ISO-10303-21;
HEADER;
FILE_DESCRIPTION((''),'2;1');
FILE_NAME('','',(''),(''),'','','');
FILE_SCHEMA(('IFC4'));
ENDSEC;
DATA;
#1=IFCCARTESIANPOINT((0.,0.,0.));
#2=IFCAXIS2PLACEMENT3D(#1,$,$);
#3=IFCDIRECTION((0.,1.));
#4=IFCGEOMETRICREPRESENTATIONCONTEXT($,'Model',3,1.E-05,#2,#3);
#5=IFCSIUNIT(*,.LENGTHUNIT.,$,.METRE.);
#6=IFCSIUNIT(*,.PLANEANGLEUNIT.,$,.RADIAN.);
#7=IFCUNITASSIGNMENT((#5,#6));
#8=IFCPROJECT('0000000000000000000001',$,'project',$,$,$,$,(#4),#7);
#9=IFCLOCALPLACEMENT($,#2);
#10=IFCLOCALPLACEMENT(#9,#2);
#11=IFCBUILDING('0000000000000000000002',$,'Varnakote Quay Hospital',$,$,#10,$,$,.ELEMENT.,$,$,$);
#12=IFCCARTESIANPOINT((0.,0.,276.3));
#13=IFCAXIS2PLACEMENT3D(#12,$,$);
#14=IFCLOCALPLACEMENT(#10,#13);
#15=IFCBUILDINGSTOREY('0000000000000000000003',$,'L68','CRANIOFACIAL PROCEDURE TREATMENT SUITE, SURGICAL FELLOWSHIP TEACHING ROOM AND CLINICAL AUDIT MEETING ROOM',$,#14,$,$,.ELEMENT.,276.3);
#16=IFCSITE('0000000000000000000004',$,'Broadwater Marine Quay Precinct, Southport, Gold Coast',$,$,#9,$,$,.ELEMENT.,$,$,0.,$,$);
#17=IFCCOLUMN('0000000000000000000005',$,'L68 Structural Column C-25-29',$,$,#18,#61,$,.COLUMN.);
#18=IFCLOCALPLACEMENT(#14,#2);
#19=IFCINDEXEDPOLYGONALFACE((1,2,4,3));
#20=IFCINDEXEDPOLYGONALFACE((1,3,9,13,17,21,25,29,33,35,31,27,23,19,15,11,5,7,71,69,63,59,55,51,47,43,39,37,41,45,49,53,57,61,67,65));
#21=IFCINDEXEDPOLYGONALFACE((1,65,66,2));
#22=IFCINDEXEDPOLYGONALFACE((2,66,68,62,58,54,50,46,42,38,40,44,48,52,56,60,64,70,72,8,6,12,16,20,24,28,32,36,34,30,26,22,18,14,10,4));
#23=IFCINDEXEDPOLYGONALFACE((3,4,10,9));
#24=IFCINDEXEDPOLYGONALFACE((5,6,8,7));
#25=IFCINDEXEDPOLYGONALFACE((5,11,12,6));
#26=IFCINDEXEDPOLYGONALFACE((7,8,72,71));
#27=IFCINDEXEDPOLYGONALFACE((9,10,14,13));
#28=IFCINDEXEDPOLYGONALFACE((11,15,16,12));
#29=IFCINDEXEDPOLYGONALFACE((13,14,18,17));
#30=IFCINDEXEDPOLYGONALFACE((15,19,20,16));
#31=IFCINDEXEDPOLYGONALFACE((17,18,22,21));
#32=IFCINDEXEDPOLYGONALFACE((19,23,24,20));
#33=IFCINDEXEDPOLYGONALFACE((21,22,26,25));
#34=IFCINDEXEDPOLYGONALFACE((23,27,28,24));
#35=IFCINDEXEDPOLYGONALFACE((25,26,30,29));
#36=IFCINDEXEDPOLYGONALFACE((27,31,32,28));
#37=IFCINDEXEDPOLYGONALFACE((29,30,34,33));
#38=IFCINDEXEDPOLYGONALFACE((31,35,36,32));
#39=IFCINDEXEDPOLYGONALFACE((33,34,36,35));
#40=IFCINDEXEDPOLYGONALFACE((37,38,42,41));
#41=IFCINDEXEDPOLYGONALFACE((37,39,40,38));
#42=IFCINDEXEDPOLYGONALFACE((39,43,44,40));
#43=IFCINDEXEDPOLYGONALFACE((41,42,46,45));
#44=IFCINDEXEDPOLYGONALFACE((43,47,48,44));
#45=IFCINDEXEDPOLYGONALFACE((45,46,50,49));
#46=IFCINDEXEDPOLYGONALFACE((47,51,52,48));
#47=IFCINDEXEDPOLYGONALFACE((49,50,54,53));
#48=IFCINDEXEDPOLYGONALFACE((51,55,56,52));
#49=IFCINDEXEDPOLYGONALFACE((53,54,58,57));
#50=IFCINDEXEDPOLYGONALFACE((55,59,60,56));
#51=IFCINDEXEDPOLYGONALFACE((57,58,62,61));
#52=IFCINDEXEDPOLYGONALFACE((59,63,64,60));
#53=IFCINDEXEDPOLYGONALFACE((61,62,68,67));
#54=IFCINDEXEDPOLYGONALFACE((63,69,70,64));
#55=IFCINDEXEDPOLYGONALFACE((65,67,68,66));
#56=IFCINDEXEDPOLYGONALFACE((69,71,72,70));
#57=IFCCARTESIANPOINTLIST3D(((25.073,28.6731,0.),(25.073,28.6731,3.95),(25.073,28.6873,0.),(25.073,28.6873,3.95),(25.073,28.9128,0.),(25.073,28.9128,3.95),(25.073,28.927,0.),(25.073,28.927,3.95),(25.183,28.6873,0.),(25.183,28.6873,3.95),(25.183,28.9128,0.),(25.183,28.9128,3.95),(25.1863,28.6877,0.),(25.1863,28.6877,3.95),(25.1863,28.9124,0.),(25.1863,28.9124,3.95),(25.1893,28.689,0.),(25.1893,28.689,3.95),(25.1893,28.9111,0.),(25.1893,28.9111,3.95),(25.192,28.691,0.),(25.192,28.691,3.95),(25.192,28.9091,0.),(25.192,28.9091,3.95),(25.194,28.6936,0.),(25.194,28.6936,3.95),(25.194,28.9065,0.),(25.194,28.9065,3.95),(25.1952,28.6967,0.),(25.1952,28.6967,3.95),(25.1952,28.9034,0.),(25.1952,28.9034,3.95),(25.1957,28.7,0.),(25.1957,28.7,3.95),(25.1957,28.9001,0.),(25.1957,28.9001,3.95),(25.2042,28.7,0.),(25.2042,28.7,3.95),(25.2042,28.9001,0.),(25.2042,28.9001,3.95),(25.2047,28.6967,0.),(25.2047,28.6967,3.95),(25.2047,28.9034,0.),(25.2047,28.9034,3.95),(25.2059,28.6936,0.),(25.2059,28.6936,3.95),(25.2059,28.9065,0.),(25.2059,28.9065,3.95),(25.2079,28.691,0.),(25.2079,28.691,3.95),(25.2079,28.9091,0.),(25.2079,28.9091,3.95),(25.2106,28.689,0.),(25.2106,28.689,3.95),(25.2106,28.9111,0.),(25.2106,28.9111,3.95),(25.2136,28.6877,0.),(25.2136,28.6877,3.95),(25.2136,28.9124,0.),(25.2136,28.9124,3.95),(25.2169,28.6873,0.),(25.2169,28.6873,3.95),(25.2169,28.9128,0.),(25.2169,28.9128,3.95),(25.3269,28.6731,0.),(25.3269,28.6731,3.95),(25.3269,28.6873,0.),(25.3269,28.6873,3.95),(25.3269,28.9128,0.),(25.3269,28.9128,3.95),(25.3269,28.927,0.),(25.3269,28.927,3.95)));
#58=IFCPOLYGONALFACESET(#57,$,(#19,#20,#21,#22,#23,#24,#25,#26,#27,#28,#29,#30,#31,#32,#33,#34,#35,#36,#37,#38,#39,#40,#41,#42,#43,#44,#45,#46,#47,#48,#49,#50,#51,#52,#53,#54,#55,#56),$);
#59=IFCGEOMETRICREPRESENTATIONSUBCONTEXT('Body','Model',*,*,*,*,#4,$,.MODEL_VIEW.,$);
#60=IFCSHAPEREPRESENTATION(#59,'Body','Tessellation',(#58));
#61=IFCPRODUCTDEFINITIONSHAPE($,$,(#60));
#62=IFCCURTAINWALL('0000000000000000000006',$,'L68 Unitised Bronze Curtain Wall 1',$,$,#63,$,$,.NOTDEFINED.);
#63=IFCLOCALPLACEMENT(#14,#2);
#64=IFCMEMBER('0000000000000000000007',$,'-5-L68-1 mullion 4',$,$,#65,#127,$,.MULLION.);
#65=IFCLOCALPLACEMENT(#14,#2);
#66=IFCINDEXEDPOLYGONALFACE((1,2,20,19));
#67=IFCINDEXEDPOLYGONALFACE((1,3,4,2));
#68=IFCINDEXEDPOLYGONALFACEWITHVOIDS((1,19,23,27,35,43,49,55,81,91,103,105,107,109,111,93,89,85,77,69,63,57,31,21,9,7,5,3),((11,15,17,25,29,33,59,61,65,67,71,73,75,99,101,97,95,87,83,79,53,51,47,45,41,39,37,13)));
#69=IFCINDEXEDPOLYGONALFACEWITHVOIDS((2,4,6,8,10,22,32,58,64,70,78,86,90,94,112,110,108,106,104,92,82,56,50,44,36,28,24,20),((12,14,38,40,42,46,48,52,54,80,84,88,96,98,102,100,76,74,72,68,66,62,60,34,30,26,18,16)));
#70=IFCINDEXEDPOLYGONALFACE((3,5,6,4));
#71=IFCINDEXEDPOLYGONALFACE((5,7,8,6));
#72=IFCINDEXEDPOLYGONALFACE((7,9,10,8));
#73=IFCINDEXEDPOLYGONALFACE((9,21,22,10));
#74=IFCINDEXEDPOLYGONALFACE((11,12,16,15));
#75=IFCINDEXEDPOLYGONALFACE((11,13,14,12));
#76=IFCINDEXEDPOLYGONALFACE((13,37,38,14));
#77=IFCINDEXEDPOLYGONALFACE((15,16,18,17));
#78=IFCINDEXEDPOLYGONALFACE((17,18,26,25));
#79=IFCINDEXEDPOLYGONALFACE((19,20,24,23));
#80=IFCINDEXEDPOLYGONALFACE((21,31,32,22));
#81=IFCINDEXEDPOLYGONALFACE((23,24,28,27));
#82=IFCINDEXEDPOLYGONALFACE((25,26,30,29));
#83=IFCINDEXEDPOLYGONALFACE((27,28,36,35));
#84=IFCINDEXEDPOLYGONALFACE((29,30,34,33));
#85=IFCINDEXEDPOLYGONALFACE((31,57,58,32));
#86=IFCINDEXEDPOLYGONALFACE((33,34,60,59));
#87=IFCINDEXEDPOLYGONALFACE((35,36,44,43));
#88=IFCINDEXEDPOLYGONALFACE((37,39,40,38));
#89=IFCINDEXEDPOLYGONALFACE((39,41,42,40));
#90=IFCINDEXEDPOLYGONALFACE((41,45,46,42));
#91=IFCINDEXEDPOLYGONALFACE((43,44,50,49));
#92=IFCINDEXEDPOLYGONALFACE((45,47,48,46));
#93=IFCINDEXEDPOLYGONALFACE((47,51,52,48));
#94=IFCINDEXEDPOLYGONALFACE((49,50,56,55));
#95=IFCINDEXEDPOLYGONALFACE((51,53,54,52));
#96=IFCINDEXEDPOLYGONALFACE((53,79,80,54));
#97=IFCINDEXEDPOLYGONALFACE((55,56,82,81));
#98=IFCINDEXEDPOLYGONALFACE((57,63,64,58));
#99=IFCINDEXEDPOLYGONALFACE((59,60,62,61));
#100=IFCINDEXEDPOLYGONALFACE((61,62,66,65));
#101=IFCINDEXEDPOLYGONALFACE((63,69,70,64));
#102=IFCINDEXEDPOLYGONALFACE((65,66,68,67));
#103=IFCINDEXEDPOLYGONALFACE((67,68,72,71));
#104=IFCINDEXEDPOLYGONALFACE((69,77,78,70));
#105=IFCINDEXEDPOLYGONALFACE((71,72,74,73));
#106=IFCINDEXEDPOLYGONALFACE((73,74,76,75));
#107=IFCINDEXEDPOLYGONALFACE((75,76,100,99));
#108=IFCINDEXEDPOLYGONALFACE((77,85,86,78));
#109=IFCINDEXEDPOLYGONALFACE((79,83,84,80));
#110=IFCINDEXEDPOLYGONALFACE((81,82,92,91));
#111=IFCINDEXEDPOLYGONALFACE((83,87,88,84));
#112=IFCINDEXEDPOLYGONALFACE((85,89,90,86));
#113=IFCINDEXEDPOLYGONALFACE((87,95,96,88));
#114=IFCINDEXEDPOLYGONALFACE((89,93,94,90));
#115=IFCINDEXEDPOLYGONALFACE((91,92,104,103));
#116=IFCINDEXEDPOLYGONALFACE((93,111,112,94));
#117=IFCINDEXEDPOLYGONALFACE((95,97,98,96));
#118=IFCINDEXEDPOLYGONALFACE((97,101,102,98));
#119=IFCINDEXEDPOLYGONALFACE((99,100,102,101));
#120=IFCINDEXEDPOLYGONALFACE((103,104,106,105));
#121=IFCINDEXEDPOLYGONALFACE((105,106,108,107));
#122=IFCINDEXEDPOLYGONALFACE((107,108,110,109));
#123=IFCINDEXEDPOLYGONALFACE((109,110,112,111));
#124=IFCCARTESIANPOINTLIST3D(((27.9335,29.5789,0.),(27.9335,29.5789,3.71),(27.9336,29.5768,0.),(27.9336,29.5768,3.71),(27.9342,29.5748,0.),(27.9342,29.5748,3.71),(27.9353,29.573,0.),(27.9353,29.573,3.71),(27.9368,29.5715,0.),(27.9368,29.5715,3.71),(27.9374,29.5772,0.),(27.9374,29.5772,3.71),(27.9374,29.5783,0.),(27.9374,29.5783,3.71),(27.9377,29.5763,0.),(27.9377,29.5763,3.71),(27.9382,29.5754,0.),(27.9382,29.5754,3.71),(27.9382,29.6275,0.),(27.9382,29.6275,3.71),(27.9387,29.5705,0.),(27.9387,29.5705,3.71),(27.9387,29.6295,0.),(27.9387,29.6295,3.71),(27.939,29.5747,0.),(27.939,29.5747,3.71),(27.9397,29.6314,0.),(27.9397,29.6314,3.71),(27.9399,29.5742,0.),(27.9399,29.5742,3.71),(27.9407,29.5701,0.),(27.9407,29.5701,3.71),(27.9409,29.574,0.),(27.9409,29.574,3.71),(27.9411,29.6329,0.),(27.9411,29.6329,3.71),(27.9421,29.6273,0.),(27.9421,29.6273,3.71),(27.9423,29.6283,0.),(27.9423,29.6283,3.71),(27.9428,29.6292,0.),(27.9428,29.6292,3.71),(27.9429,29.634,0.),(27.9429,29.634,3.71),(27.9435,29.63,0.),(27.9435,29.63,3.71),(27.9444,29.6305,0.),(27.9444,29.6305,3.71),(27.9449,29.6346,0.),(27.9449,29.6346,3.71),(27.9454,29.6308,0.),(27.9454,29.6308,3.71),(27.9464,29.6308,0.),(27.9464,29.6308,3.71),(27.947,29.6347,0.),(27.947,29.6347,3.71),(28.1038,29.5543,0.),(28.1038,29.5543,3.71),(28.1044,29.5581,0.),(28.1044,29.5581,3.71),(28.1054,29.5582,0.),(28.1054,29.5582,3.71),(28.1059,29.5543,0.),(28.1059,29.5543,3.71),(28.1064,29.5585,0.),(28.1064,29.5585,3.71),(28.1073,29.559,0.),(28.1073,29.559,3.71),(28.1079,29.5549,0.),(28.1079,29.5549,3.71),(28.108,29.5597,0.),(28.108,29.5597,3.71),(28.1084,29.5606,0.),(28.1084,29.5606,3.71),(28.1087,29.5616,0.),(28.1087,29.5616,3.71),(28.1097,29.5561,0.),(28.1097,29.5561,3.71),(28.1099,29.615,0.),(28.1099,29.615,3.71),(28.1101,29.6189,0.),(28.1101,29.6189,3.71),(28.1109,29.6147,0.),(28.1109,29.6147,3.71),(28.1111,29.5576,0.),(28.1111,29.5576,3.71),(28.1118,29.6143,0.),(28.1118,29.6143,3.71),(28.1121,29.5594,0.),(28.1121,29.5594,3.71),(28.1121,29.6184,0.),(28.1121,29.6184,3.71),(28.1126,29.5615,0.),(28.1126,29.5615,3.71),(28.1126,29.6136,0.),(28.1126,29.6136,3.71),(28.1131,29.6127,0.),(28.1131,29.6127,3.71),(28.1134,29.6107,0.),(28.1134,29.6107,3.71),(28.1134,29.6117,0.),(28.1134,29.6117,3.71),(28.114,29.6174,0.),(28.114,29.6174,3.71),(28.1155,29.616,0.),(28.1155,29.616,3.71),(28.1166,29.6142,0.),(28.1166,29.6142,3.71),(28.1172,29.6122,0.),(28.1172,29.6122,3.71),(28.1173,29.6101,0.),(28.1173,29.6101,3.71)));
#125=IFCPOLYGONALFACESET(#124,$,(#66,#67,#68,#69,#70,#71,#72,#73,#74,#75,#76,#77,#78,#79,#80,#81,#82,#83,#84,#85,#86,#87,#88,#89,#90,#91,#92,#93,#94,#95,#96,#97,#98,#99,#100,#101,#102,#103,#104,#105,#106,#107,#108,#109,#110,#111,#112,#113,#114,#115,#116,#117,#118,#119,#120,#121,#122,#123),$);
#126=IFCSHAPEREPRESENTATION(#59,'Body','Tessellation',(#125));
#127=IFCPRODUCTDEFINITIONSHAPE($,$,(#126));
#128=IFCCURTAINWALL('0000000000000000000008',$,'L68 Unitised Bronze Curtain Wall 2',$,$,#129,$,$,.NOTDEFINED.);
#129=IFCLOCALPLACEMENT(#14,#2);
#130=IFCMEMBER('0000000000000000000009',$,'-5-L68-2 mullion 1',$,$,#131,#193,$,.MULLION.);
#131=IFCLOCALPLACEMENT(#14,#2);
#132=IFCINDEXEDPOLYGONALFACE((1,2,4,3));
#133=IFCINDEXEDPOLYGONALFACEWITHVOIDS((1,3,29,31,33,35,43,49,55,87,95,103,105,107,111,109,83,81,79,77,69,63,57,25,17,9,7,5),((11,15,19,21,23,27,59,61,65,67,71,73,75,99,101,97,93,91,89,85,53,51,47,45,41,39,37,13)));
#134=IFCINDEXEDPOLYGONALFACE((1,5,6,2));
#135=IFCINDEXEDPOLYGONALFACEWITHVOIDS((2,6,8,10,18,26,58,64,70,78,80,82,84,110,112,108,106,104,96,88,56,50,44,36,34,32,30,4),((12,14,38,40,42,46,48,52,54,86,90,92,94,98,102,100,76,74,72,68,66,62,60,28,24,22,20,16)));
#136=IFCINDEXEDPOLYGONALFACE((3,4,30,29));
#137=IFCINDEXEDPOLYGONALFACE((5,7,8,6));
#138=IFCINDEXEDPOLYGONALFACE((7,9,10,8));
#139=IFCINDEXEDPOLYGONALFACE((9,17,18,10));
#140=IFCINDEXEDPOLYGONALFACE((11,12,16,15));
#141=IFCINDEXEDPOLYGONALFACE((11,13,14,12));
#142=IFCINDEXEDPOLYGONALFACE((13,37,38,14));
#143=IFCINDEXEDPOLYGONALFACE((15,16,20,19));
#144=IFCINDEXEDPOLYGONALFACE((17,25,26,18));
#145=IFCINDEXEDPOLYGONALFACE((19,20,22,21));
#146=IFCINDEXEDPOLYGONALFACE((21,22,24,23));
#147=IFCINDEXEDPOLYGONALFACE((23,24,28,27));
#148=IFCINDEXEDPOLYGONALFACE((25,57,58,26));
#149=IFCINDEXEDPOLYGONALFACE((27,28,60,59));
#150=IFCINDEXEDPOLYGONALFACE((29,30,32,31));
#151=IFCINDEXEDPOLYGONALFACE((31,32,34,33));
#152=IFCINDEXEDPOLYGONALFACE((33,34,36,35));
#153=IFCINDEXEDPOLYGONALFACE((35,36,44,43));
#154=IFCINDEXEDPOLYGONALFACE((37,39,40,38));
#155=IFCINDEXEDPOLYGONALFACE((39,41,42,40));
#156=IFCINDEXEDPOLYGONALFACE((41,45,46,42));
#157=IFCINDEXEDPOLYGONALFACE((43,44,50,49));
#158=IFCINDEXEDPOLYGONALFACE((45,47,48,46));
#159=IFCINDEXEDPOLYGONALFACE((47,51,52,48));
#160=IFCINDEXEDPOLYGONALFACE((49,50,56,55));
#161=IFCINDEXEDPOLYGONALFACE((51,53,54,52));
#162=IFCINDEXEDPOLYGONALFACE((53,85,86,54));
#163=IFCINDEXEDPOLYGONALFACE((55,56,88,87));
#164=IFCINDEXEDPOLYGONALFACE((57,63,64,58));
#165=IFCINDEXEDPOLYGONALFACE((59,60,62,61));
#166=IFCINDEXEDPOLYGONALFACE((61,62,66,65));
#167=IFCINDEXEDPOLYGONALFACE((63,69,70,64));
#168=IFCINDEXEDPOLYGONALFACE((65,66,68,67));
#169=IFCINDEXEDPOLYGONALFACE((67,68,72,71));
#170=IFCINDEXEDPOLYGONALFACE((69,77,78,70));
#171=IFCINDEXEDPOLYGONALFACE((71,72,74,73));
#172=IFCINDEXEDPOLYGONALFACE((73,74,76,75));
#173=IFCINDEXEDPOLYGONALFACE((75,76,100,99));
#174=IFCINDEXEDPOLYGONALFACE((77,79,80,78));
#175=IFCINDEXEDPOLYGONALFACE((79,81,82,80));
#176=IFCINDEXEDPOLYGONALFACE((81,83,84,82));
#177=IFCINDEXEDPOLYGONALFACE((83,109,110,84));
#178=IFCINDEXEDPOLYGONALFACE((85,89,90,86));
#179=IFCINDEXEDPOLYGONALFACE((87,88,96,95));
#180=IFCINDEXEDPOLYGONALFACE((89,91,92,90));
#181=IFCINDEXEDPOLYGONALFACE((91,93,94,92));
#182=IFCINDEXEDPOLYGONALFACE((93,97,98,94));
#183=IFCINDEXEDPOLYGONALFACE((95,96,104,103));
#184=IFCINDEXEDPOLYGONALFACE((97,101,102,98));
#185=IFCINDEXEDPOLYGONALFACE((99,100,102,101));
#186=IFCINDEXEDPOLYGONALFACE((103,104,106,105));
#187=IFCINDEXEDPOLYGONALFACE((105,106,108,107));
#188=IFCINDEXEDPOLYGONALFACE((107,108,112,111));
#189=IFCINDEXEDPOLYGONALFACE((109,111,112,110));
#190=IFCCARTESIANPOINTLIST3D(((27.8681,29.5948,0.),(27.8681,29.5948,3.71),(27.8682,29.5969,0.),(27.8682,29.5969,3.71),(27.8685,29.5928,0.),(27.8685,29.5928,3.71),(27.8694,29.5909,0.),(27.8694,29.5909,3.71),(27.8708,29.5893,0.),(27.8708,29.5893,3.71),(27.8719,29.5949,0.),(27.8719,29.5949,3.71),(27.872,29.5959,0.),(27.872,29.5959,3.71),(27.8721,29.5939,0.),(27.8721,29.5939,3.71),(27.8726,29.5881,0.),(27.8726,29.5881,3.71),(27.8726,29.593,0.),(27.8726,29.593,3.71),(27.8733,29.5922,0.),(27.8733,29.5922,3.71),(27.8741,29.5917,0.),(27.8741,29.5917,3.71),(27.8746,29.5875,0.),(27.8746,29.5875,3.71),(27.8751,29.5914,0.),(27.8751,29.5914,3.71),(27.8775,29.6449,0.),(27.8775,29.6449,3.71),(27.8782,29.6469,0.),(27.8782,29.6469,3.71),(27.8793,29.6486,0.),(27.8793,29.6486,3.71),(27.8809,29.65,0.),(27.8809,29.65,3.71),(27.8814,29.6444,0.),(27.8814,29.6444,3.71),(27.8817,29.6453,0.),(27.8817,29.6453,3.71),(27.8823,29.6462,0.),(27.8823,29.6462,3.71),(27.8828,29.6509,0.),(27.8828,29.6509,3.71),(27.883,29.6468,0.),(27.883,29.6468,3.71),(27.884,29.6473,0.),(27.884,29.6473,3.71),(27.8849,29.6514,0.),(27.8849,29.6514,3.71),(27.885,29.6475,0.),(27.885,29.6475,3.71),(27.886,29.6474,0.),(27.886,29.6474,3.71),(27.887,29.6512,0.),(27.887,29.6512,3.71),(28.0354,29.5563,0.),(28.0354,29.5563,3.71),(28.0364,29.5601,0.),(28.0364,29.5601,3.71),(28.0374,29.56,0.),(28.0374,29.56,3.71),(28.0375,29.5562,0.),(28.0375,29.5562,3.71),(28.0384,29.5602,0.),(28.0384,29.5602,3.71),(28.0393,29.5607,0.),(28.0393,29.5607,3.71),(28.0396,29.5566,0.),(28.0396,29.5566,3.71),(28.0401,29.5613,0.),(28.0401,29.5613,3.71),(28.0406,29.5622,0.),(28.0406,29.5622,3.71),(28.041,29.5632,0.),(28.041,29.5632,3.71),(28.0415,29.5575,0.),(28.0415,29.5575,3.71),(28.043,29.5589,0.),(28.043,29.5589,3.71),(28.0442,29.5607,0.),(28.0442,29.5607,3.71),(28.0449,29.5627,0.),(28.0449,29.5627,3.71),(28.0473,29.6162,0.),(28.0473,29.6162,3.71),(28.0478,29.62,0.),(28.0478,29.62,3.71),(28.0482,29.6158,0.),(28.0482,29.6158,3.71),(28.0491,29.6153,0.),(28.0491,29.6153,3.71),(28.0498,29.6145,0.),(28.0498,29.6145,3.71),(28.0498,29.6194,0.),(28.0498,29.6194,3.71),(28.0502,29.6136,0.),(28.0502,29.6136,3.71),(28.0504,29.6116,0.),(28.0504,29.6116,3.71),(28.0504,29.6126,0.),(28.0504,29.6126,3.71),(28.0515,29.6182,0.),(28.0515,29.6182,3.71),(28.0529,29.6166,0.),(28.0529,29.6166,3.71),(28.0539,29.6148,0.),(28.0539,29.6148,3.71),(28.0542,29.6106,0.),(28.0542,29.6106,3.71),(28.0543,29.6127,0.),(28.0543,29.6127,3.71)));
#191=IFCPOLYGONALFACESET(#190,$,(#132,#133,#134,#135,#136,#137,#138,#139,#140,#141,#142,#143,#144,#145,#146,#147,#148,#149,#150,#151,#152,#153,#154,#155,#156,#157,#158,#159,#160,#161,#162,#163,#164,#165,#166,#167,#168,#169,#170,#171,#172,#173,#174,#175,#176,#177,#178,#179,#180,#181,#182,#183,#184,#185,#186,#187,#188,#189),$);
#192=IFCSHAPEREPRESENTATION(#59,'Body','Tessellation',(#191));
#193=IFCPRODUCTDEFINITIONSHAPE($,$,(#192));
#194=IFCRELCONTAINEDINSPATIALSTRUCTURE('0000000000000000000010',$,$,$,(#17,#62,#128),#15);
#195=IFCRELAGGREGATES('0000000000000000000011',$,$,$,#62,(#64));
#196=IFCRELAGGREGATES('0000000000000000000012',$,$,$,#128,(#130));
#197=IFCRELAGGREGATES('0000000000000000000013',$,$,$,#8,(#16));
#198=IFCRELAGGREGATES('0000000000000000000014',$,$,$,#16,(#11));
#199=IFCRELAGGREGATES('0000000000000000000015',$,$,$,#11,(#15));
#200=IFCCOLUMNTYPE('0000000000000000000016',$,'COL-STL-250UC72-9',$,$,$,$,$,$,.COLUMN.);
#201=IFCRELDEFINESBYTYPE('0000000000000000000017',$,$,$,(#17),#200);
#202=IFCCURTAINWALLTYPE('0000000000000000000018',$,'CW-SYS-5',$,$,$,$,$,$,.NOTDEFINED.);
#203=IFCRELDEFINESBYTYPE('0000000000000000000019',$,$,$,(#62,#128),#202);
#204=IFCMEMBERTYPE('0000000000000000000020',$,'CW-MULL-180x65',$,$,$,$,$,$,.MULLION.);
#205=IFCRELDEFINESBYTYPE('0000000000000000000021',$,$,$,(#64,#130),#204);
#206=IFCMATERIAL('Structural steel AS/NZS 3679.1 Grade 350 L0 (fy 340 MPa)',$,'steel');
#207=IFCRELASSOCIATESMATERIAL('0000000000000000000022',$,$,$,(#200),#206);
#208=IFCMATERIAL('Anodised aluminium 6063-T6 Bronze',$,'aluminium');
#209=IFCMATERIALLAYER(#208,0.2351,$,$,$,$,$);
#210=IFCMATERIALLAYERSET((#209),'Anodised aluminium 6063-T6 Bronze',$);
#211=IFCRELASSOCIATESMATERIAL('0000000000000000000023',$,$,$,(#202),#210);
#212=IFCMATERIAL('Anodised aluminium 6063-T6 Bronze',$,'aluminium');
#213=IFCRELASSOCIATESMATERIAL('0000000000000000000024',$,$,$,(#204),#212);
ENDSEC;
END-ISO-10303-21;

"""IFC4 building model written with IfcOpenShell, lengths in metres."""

from ifc_helpers import new_model, si_unit, direction, frame, origin, origin_2d, place, context, subcontext, project, spatial, hollow_rectangle, i_section, extrude, material, layer, layer_set, material_profile, profile_set, type_object, element, aggregate, save


model = new_model("IFC4")

# Units and contexts
model_context = context("Model", 3, precision=1e-05, world=origin(), true_north=direction((0.0, 1.0)))
body_context = subcontext(model_context, "Body", "Model", "MODEL_VIEW")
ifc_project = project(units=[si_unit("LENGTHUNIT", "METRE"), si_unit("PLANEANGLEUNIT", "RADIAN")], contexts=[model_context])

# Site, building, storey
site_placement = place(None, origin())
site = spatial("IfcSite", under=ifc_project, at=site_placement, Name="Broadwater Marine Quay Precinct, Southport, Gold Coast", CompositionType="ELEMENT", RefElevation=0.0)
building_placement = place(site_placement, origin())
building = spatial("IfcBuilding", under=site, at=building_placement, Name="Varnakote Quay Hospital", CompositionType="ELEMENT")
storey_placement = place(building_placement, frame((0.0, 0.0, 276.3)))
storey = spatial("IfcBuildingStorey", under=building, at=storey_placement, Name="L68", Description="CRANIOFACIAL PROCEDURE TREATMENT SUITE, SURGICAL FELLOWSHIP TEACHING ROOM AND CLINICAL AUDIT MEETING ROOM", CompositionType="ELEMENT", Elevation=276.3)

# Column
ifc_material_1 = material(Name="Structural steel AS/NZS 3679.1 Grade 350 L0 (fy 340 MPa)", Category="steel")
ifc_material_profile_1 = material_profile(ifc_material_1, i_section(OverallWidth=0.2539, OverallDepth=0.2539, WebThickness=0.0085, FlangeThickness=0.0142, FilletRadius=0.0127, at=origin_2d()), Name="250UC72.9")
ifc_profile_set_1 = profile_set([ifc_material_profile_1], Name="Structural steel AS/NZS 3679.1 Grade 350 L0 (fy 340 MPa)")
column_type = type_object("IfcColumnType", Name="COL-STL-250UC72-9", PredefinedType="COLUMN", material=ifc_profile_set_1)
column_placement = place(storey_placement, frame((25.2, 28.8, 0.0), z_axis=(0.0, 0.0, 1.0), x_axis=(1.0, 0.0, 0.0)))
element("IfcColumn", 1, at=column_placement, inside=storey, type_object=column_type, Name="L68 Structural Column C-25-29", PredefinedType="COLUMN", context=body_context, shape_type="SweptSolid", body=[
    extrude(i_section(OverallWidth=0.2539, OverallDepth=0.2539, WebThickness=0.0085, FlangeThickness=0.0142, FilletRadius=0.0127, at=origin_2d()), origin(), (0.0, 0.0, 1.0), 3.95),
])

# Curtain wall, member
ifc_material_2 = material(Name="Anodised aluminium 6063-T6 Bronze", Category="aluminium")
ifc_layer_1 = layer(ifc_material_2, 0.2351)
ifc_layer_set_1 = layer_set([ifc_layer_1], Name="Anodised aluminium 6063-T6 Bronze")
curtain_wall_type = type_object("IfcCurtainWallType", Name="CW-SYS-5", PredefinedType="NOTDEFINED", material=ifc_layer_set_1)
curtain_wall_1_placement = place(storey_placement, origin())
curtain_wall_1 = element("IfcCurtainWall", 2, at=curtain_wall_1_placement, inside=storey, type_object=curtain_wall_type, Name="L68 Unitised Bronze Curtain Wall 1", PredefinedType="NOTDEFINED")
ifc_material_3 = material(Name="Anodised aluminium 6063-T6 Bronze", Category="aluminium")
ifc_material_profile_2 = material_profile(ifc_material_3, hollow_rectangle(XDim=0.0649, YDim=0.1799, WallThickness=0.0039, InnerFilletRadius=0.0039, OuterFilletRadius=0.0081, at=origin_2d()), Name="CW-MULL-180x65")
ifc_profile_set_2 = profile_set([ifc_material_profile_2], Name="Anodised aluminium 6063-T6 Bronze")
member_type_1 = type_object("IfcMemberType", Name="CW-MULL-180x65", PredefinedType="MULLION", material=ifc_profile_set_2)
member_1_placement = place(storey_placement, frame((28.0254, 29.5945, 0.0), z_axis=(0.0, 0.0, 1.0), x_axis=(-0.096569, -0.995326, 0.0)))
member_1 = element("IfcMember", 3, at=member_1_placement, type_object=member_type_1, Name="-5-L68-1 mullion 4", PredefinedType="MULLION", context=body_context, shape_type="SweptSolid", body=[
    extrude(hollow_rectangle(XDim=0.0649, YDim=0.1799, WallThickness=0.0039, InnerFilletRadius=0.0039, OuterFilletRadius=0.0081, at=origin_2d()), origin(), (0.0, 0.0, 1.0), 3.71),
])

# Curtain wall, member
curtain_wall_2_placement = place(storey_placement, origin())
curtain_wall_2 = element("IfcCurtainWall", 4, at=curtain_wall_2_placement, inside=storey, type_object=curtain_wall_type, Name="L68 Unitised Bronze Curtain Wall 2", PredefinedType="NOTDEFINED")
member_2_placement = place(storey_placement, frame((27.9612, 29.6038, 0.0), z_axis=(0.0, 0.0, 1.0), x_axis=(-0.190434, -0.9817, 0.0)))
member_2 = element("IfcMember", 5, at=member_2_placement, type_object=member_type_1, Name="-5-L68-2 mullion 1", PredefinedType="MULLION", context=body_context, shape_type="SweptSolid", body=[
    extrude(hollow_rectangle(XDim=0.0649, YDim=0.1799, WallThickness=0.0039, InnerFilletRadius=0.0039, OuterFilletRadius=0.0081, at=origin_2d()), origin(), (0.0, 0.0, 1.0), 3.71),
])

aggregate(curtain_wall_1, [member_1])
aggregate(curtain_wall_2, [member_2])

save(model, "model.ifc")
